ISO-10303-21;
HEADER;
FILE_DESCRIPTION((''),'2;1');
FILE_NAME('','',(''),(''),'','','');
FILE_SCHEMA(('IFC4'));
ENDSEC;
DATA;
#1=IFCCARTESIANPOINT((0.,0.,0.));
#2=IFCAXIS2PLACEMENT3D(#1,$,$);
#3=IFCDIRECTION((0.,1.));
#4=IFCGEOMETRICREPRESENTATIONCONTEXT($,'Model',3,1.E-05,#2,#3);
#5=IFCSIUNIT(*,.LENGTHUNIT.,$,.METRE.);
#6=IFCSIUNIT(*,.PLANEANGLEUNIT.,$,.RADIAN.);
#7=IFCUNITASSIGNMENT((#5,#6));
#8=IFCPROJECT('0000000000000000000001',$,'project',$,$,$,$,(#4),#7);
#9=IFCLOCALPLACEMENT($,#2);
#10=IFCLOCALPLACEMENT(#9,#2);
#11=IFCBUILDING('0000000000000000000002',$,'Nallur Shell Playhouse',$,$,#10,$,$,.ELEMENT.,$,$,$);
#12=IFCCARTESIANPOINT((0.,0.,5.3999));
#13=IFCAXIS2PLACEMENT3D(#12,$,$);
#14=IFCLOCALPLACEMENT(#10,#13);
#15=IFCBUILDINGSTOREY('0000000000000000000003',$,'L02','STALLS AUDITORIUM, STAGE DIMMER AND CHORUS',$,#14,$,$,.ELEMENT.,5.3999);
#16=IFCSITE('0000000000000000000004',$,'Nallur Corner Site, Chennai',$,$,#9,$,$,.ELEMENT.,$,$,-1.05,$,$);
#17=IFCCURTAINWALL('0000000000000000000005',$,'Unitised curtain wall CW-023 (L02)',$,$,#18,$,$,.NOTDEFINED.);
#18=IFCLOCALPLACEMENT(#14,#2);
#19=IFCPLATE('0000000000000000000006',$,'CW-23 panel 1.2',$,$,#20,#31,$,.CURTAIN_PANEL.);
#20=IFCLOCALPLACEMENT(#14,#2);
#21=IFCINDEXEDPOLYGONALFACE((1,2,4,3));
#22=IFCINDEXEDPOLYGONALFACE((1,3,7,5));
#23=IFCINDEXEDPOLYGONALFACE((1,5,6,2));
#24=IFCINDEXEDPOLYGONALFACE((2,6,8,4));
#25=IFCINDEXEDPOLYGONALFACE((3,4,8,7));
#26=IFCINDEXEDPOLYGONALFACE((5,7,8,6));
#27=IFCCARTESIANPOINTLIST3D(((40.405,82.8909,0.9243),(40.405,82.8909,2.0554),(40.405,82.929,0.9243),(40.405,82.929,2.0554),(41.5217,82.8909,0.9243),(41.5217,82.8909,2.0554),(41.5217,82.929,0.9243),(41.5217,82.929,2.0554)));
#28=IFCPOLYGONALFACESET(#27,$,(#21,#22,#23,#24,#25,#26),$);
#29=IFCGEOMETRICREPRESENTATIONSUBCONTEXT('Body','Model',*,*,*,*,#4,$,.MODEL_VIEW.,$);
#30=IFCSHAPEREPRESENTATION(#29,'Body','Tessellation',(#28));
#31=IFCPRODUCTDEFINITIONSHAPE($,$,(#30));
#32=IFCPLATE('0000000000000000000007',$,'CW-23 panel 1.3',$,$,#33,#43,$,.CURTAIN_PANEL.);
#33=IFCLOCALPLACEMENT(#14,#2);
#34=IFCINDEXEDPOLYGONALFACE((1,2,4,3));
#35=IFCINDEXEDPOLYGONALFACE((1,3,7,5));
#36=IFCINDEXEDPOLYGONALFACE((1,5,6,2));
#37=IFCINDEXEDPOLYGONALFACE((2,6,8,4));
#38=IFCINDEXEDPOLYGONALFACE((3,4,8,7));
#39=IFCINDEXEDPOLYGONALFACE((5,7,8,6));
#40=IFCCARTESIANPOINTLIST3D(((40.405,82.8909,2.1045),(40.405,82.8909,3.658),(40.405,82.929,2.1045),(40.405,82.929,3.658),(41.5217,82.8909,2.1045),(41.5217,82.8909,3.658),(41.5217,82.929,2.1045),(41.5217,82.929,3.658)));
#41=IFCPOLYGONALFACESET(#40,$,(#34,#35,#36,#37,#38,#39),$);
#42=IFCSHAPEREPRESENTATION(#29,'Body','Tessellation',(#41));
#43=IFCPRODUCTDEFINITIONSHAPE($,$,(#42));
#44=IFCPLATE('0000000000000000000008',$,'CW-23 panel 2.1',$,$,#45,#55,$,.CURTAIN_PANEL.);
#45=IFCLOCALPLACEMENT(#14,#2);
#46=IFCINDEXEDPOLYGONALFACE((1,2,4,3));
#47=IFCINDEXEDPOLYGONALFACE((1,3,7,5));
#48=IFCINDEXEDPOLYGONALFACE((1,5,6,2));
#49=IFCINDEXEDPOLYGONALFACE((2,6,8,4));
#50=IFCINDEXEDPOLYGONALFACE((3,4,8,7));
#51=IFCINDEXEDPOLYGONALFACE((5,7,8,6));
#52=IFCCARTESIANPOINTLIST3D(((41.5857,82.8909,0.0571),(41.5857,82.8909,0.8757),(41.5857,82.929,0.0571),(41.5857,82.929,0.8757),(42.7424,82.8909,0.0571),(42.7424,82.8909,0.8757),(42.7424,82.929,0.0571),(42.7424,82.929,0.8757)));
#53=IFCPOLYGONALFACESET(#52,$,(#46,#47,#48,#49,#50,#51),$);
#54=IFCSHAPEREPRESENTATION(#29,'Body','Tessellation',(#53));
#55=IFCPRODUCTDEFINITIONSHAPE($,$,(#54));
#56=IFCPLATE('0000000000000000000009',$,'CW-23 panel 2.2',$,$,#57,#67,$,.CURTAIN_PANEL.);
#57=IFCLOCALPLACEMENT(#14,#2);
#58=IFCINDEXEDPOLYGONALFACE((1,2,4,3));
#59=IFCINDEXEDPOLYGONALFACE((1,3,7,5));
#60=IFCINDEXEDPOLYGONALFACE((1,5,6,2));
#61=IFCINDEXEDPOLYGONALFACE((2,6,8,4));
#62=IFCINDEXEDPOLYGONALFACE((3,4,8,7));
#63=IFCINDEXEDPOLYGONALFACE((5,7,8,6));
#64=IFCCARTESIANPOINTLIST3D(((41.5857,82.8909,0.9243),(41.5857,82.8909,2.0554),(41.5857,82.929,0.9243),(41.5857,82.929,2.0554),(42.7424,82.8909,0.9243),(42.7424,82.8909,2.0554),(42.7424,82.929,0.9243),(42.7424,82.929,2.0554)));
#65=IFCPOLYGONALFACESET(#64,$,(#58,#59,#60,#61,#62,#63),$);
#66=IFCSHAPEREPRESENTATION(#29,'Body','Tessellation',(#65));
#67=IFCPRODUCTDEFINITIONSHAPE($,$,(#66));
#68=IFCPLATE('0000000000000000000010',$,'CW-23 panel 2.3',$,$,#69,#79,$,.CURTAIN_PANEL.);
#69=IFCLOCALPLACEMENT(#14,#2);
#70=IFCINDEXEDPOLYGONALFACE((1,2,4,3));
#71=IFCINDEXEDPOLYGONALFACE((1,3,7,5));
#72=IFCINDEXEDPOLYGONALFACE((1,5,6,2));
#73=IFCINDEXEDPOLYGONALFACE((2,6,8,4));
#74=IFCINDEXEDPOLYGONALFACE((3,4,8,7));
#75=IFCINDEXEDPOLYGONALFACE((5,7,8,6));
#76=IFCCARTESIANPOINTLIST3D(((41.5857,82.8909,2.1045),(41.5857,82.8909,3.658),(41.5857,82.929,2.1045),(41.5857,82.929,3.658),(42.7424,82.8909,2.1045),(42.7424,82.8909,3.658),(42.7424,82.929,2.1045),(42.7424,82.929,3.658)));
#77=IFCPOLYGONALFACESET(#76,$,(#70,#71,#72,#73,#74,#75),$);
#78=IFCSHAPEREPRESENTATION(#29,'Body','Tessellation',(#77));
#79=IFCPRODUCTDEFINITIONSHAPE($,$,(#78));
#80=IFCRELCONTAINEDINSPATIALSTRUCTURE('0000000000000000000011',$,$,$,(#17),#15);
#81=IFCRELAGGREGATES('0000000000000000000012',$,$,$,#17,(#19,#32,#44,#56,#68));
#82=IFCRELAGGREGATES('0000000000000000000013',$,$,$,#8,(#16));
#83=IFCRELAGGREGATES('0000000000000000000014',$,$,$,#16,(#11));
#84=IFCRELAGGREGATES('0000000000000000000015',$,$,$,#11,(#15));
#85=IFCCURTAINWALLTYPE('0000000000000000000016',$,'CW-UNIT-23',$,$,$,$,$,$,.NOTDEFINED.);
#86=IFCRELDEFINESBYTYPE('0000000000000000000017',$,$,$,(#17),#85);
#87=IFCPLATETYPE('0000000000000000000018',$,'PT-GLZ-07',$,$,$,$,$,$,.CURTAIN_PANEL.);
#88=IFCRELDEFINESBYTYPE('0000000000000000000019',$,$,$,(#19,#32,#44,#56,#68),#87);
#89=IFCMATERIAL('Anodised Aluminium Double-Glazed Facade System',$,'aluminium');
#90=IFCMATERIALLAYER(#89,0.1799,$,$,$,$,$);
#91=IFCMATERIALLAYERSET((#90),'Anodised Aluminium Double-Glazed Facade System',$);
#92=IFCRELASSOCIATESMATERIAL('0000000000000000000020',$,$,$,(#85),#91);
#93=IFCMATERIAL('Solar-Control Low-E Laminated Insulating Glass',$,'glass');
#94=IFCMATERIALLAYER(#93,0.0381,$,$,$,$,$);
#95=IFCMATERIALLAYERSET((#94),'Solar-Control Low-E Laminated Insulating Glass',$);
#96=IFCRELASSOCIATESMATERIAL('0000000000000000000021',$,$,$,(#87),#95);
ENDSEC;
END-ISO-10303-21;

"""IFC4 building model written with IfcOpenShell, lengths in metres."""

from ifc_helpers import new_model, si_unit, direction, frame, origin, origin_2d, place, context, subcontext, project, spatial, rectangle, extrude, material, layer, layer_set, type_object, element, aggregate, save


model = new_model("IFC4")

# Units and contexts
model_context = context("Model", 3, precision=1e-05, world=origin(), true_north=direction((0.0, 1.0)))
body_context = subcontext(model_context, "Body", "Model", "MODEL_VIEW")
ifc_project = project(units=[si_unit("LENGTHUNIT", "METRE"), si_unit("PLANEANGLEUNIT", "RADIAN")], contexts=[model_context])

# Site, building, storey
site_placement = place(None, origin())
site = spatial("IfcSite", under=ifc_project, at=site_placement, Name="Nallur Corner Site, Chennai", CompositionType="ELEMENT", RefElevation=-1.05)
building_placement = place(site_placement, origin())
building = spatial("IfcBuilding", under=site, at=building_placement, Name="Nallur Shell Playhouse", CompositionType="ELEMENT")
storey_placement = place(building_placement, frame((0.0, 0.0, 5.3999)))
storey = spatial("IfcBuildingStorey", under=building, at=storey_placement, Name="L02", Description="STALLS AUDITORIUM, STAGE DIMMER AND CHORUS", CompositionType="ELEMENT", Elevation=5.3999)

# Curtain wall
ifc_material_1 = material(Name="Anodised Aluminium Double-Glazed Facade System", Category="aluminium")
ifc_layer_1 = layer(ifc_material_1, 0.1799)
ifc_layer_set_1 = layer_set([ifc_layer_1], Name="Anodised Aluminium Double-Glazed Facade System")
curtain_wall_type_1 = type_object("IfcCurtainWallType", Name="CW-UNIT-23", PredefinedType="NOTDEFINED", material=ifc_layer_set_1)
curtain_wall_1_placement = place(storey_placement, origin())
curtain_wall_1 = element("IfcCurtainWall", 1, at=curtain_wall_1_placement, inside=storey, type_object=curtain_wall_type_1, Name="Unitised curtain wall CW-023 (L02)", PredefinedType="NOTDEFINED")

# Plates
ifc_material_2 = material(Name="Solar-Control Low-E Laminated Insulating Glass", Category="glass")
ifc_layer_2 = layer(ifc_material_2, 0.0381)
ifc_layer_set_2 = layer_set([ifc_layer_2], Name="Solar-Control Low-E Laminated Insulating Glass")
plate_type_1 = type_object("IfcPlateType", Name="PT-GLZ-07", PredefinedType="CURTAIN_PANEL", material=ifc_layer_set_2)
plate_1_placement = place(storey_placement, frame((40.9634, 82.9099, 0.9243), z_axis=(0.0, 0.0, 1.0), x_axis=(1.0, 0.0, 0.0)))
plate_1 = element("IfcPlate", 2, at=plate_1_placement, type_object=plate_type_1, Name="CW-23 panel 1.2", PredefinedType="CURTAIN_PANEL", context=body_context, shape_type="SweptSolid", body=[
    extrude(rectangle(XDim=1.1167, YDim=0.0381, at=origin_2d()), origin(), (0.0, 0.0, 1.0), 1.1311),
])
plate_2_placement = place(storey_placement, frame((40.9634, 82.9099, 2.1045), z_axis=(0.0, 0.0, 1.0), x_axis=(1.0, 0.0, 0.0)))
plate_2 = element("IfcPlate", 3, at=plate_2_placement, type_object=plate_type_1, Name="CW-23 panel 1.3", PredefinedType="CURTAIN_PANEL", context=body_context, shape_type="SweptSolid", body=[
    extrude(rectangle(XDim=1.1167, YDim=0.0381, at=origin_2d()), origin(), (0.0, 0.0, 1.0), 1.5535),
])
plate_3_placement = place(storey_placement, frame((42.1641, 82.9099, 0.0571), z_axis=(0.0, 0.0, 1.0), x_axis=(1.0, 0.0, 0.0)))
plate_3 = element("IfcPlate", 4, at=plate_3_placement, type_object=plate_type_1, Name="CW-23 panel 2.1", PredefinedType="CURTAIN_PANEL", context=body_context, shape_type="SweptSolid", body=[
    extrude(rectangle(XDim=1.1567, YDim=0.0381, at=origin_2d()), origin(), (0.0, 0.0, 1.0), 0.8186),
])
plate_4_placement = place(storey_placement, frame((42.1641, 82.9099, 0.9243), z_axis=(0.0, 0.0, 1.0), x_axis=(1.0, 0.0, 0.0)))
plate_4 = element("IfcPlate", 5, at=plate_4_placement, type_object=plate_type_1, Name="CW-23 panel 2.2", PredefinedType="CURTAIN_PANEL", context=body_context, shape_type="SweptSolid", body=[
    extrude(rectangle(XDim=1.1567, YDim=0.0381, at=origin_2d()), origin(), (0.0, 0.0, 1.0), 1.1311),
])
plate_5_placement = place(storey_placement, frame((42.1641, 82.9099, 2.1045), z_axis=(0.0, 0.0, 1.0), x_axis=(1.0, 0.0, 0.0)))
plate_5 = element("IfcPlate", 6, at=plate_5_placement, type_object=plate_type_1, Name="CW-23 panel 2.3", PredefinedType="CURTAIN_PANEL", context=body_context, shape_type="SweptSolid", body=[
    extrude(rectangle(XDim=1.1567, YDim=0.0381, at=origin_2d()), origin(), (0.0, 0.0, 1.0), 1.5535),
])
aggregate(curtain_wall_1, [plate_1, plate_2, plate_3, plate_4, plate_5])

save(model, "model.ifc")
